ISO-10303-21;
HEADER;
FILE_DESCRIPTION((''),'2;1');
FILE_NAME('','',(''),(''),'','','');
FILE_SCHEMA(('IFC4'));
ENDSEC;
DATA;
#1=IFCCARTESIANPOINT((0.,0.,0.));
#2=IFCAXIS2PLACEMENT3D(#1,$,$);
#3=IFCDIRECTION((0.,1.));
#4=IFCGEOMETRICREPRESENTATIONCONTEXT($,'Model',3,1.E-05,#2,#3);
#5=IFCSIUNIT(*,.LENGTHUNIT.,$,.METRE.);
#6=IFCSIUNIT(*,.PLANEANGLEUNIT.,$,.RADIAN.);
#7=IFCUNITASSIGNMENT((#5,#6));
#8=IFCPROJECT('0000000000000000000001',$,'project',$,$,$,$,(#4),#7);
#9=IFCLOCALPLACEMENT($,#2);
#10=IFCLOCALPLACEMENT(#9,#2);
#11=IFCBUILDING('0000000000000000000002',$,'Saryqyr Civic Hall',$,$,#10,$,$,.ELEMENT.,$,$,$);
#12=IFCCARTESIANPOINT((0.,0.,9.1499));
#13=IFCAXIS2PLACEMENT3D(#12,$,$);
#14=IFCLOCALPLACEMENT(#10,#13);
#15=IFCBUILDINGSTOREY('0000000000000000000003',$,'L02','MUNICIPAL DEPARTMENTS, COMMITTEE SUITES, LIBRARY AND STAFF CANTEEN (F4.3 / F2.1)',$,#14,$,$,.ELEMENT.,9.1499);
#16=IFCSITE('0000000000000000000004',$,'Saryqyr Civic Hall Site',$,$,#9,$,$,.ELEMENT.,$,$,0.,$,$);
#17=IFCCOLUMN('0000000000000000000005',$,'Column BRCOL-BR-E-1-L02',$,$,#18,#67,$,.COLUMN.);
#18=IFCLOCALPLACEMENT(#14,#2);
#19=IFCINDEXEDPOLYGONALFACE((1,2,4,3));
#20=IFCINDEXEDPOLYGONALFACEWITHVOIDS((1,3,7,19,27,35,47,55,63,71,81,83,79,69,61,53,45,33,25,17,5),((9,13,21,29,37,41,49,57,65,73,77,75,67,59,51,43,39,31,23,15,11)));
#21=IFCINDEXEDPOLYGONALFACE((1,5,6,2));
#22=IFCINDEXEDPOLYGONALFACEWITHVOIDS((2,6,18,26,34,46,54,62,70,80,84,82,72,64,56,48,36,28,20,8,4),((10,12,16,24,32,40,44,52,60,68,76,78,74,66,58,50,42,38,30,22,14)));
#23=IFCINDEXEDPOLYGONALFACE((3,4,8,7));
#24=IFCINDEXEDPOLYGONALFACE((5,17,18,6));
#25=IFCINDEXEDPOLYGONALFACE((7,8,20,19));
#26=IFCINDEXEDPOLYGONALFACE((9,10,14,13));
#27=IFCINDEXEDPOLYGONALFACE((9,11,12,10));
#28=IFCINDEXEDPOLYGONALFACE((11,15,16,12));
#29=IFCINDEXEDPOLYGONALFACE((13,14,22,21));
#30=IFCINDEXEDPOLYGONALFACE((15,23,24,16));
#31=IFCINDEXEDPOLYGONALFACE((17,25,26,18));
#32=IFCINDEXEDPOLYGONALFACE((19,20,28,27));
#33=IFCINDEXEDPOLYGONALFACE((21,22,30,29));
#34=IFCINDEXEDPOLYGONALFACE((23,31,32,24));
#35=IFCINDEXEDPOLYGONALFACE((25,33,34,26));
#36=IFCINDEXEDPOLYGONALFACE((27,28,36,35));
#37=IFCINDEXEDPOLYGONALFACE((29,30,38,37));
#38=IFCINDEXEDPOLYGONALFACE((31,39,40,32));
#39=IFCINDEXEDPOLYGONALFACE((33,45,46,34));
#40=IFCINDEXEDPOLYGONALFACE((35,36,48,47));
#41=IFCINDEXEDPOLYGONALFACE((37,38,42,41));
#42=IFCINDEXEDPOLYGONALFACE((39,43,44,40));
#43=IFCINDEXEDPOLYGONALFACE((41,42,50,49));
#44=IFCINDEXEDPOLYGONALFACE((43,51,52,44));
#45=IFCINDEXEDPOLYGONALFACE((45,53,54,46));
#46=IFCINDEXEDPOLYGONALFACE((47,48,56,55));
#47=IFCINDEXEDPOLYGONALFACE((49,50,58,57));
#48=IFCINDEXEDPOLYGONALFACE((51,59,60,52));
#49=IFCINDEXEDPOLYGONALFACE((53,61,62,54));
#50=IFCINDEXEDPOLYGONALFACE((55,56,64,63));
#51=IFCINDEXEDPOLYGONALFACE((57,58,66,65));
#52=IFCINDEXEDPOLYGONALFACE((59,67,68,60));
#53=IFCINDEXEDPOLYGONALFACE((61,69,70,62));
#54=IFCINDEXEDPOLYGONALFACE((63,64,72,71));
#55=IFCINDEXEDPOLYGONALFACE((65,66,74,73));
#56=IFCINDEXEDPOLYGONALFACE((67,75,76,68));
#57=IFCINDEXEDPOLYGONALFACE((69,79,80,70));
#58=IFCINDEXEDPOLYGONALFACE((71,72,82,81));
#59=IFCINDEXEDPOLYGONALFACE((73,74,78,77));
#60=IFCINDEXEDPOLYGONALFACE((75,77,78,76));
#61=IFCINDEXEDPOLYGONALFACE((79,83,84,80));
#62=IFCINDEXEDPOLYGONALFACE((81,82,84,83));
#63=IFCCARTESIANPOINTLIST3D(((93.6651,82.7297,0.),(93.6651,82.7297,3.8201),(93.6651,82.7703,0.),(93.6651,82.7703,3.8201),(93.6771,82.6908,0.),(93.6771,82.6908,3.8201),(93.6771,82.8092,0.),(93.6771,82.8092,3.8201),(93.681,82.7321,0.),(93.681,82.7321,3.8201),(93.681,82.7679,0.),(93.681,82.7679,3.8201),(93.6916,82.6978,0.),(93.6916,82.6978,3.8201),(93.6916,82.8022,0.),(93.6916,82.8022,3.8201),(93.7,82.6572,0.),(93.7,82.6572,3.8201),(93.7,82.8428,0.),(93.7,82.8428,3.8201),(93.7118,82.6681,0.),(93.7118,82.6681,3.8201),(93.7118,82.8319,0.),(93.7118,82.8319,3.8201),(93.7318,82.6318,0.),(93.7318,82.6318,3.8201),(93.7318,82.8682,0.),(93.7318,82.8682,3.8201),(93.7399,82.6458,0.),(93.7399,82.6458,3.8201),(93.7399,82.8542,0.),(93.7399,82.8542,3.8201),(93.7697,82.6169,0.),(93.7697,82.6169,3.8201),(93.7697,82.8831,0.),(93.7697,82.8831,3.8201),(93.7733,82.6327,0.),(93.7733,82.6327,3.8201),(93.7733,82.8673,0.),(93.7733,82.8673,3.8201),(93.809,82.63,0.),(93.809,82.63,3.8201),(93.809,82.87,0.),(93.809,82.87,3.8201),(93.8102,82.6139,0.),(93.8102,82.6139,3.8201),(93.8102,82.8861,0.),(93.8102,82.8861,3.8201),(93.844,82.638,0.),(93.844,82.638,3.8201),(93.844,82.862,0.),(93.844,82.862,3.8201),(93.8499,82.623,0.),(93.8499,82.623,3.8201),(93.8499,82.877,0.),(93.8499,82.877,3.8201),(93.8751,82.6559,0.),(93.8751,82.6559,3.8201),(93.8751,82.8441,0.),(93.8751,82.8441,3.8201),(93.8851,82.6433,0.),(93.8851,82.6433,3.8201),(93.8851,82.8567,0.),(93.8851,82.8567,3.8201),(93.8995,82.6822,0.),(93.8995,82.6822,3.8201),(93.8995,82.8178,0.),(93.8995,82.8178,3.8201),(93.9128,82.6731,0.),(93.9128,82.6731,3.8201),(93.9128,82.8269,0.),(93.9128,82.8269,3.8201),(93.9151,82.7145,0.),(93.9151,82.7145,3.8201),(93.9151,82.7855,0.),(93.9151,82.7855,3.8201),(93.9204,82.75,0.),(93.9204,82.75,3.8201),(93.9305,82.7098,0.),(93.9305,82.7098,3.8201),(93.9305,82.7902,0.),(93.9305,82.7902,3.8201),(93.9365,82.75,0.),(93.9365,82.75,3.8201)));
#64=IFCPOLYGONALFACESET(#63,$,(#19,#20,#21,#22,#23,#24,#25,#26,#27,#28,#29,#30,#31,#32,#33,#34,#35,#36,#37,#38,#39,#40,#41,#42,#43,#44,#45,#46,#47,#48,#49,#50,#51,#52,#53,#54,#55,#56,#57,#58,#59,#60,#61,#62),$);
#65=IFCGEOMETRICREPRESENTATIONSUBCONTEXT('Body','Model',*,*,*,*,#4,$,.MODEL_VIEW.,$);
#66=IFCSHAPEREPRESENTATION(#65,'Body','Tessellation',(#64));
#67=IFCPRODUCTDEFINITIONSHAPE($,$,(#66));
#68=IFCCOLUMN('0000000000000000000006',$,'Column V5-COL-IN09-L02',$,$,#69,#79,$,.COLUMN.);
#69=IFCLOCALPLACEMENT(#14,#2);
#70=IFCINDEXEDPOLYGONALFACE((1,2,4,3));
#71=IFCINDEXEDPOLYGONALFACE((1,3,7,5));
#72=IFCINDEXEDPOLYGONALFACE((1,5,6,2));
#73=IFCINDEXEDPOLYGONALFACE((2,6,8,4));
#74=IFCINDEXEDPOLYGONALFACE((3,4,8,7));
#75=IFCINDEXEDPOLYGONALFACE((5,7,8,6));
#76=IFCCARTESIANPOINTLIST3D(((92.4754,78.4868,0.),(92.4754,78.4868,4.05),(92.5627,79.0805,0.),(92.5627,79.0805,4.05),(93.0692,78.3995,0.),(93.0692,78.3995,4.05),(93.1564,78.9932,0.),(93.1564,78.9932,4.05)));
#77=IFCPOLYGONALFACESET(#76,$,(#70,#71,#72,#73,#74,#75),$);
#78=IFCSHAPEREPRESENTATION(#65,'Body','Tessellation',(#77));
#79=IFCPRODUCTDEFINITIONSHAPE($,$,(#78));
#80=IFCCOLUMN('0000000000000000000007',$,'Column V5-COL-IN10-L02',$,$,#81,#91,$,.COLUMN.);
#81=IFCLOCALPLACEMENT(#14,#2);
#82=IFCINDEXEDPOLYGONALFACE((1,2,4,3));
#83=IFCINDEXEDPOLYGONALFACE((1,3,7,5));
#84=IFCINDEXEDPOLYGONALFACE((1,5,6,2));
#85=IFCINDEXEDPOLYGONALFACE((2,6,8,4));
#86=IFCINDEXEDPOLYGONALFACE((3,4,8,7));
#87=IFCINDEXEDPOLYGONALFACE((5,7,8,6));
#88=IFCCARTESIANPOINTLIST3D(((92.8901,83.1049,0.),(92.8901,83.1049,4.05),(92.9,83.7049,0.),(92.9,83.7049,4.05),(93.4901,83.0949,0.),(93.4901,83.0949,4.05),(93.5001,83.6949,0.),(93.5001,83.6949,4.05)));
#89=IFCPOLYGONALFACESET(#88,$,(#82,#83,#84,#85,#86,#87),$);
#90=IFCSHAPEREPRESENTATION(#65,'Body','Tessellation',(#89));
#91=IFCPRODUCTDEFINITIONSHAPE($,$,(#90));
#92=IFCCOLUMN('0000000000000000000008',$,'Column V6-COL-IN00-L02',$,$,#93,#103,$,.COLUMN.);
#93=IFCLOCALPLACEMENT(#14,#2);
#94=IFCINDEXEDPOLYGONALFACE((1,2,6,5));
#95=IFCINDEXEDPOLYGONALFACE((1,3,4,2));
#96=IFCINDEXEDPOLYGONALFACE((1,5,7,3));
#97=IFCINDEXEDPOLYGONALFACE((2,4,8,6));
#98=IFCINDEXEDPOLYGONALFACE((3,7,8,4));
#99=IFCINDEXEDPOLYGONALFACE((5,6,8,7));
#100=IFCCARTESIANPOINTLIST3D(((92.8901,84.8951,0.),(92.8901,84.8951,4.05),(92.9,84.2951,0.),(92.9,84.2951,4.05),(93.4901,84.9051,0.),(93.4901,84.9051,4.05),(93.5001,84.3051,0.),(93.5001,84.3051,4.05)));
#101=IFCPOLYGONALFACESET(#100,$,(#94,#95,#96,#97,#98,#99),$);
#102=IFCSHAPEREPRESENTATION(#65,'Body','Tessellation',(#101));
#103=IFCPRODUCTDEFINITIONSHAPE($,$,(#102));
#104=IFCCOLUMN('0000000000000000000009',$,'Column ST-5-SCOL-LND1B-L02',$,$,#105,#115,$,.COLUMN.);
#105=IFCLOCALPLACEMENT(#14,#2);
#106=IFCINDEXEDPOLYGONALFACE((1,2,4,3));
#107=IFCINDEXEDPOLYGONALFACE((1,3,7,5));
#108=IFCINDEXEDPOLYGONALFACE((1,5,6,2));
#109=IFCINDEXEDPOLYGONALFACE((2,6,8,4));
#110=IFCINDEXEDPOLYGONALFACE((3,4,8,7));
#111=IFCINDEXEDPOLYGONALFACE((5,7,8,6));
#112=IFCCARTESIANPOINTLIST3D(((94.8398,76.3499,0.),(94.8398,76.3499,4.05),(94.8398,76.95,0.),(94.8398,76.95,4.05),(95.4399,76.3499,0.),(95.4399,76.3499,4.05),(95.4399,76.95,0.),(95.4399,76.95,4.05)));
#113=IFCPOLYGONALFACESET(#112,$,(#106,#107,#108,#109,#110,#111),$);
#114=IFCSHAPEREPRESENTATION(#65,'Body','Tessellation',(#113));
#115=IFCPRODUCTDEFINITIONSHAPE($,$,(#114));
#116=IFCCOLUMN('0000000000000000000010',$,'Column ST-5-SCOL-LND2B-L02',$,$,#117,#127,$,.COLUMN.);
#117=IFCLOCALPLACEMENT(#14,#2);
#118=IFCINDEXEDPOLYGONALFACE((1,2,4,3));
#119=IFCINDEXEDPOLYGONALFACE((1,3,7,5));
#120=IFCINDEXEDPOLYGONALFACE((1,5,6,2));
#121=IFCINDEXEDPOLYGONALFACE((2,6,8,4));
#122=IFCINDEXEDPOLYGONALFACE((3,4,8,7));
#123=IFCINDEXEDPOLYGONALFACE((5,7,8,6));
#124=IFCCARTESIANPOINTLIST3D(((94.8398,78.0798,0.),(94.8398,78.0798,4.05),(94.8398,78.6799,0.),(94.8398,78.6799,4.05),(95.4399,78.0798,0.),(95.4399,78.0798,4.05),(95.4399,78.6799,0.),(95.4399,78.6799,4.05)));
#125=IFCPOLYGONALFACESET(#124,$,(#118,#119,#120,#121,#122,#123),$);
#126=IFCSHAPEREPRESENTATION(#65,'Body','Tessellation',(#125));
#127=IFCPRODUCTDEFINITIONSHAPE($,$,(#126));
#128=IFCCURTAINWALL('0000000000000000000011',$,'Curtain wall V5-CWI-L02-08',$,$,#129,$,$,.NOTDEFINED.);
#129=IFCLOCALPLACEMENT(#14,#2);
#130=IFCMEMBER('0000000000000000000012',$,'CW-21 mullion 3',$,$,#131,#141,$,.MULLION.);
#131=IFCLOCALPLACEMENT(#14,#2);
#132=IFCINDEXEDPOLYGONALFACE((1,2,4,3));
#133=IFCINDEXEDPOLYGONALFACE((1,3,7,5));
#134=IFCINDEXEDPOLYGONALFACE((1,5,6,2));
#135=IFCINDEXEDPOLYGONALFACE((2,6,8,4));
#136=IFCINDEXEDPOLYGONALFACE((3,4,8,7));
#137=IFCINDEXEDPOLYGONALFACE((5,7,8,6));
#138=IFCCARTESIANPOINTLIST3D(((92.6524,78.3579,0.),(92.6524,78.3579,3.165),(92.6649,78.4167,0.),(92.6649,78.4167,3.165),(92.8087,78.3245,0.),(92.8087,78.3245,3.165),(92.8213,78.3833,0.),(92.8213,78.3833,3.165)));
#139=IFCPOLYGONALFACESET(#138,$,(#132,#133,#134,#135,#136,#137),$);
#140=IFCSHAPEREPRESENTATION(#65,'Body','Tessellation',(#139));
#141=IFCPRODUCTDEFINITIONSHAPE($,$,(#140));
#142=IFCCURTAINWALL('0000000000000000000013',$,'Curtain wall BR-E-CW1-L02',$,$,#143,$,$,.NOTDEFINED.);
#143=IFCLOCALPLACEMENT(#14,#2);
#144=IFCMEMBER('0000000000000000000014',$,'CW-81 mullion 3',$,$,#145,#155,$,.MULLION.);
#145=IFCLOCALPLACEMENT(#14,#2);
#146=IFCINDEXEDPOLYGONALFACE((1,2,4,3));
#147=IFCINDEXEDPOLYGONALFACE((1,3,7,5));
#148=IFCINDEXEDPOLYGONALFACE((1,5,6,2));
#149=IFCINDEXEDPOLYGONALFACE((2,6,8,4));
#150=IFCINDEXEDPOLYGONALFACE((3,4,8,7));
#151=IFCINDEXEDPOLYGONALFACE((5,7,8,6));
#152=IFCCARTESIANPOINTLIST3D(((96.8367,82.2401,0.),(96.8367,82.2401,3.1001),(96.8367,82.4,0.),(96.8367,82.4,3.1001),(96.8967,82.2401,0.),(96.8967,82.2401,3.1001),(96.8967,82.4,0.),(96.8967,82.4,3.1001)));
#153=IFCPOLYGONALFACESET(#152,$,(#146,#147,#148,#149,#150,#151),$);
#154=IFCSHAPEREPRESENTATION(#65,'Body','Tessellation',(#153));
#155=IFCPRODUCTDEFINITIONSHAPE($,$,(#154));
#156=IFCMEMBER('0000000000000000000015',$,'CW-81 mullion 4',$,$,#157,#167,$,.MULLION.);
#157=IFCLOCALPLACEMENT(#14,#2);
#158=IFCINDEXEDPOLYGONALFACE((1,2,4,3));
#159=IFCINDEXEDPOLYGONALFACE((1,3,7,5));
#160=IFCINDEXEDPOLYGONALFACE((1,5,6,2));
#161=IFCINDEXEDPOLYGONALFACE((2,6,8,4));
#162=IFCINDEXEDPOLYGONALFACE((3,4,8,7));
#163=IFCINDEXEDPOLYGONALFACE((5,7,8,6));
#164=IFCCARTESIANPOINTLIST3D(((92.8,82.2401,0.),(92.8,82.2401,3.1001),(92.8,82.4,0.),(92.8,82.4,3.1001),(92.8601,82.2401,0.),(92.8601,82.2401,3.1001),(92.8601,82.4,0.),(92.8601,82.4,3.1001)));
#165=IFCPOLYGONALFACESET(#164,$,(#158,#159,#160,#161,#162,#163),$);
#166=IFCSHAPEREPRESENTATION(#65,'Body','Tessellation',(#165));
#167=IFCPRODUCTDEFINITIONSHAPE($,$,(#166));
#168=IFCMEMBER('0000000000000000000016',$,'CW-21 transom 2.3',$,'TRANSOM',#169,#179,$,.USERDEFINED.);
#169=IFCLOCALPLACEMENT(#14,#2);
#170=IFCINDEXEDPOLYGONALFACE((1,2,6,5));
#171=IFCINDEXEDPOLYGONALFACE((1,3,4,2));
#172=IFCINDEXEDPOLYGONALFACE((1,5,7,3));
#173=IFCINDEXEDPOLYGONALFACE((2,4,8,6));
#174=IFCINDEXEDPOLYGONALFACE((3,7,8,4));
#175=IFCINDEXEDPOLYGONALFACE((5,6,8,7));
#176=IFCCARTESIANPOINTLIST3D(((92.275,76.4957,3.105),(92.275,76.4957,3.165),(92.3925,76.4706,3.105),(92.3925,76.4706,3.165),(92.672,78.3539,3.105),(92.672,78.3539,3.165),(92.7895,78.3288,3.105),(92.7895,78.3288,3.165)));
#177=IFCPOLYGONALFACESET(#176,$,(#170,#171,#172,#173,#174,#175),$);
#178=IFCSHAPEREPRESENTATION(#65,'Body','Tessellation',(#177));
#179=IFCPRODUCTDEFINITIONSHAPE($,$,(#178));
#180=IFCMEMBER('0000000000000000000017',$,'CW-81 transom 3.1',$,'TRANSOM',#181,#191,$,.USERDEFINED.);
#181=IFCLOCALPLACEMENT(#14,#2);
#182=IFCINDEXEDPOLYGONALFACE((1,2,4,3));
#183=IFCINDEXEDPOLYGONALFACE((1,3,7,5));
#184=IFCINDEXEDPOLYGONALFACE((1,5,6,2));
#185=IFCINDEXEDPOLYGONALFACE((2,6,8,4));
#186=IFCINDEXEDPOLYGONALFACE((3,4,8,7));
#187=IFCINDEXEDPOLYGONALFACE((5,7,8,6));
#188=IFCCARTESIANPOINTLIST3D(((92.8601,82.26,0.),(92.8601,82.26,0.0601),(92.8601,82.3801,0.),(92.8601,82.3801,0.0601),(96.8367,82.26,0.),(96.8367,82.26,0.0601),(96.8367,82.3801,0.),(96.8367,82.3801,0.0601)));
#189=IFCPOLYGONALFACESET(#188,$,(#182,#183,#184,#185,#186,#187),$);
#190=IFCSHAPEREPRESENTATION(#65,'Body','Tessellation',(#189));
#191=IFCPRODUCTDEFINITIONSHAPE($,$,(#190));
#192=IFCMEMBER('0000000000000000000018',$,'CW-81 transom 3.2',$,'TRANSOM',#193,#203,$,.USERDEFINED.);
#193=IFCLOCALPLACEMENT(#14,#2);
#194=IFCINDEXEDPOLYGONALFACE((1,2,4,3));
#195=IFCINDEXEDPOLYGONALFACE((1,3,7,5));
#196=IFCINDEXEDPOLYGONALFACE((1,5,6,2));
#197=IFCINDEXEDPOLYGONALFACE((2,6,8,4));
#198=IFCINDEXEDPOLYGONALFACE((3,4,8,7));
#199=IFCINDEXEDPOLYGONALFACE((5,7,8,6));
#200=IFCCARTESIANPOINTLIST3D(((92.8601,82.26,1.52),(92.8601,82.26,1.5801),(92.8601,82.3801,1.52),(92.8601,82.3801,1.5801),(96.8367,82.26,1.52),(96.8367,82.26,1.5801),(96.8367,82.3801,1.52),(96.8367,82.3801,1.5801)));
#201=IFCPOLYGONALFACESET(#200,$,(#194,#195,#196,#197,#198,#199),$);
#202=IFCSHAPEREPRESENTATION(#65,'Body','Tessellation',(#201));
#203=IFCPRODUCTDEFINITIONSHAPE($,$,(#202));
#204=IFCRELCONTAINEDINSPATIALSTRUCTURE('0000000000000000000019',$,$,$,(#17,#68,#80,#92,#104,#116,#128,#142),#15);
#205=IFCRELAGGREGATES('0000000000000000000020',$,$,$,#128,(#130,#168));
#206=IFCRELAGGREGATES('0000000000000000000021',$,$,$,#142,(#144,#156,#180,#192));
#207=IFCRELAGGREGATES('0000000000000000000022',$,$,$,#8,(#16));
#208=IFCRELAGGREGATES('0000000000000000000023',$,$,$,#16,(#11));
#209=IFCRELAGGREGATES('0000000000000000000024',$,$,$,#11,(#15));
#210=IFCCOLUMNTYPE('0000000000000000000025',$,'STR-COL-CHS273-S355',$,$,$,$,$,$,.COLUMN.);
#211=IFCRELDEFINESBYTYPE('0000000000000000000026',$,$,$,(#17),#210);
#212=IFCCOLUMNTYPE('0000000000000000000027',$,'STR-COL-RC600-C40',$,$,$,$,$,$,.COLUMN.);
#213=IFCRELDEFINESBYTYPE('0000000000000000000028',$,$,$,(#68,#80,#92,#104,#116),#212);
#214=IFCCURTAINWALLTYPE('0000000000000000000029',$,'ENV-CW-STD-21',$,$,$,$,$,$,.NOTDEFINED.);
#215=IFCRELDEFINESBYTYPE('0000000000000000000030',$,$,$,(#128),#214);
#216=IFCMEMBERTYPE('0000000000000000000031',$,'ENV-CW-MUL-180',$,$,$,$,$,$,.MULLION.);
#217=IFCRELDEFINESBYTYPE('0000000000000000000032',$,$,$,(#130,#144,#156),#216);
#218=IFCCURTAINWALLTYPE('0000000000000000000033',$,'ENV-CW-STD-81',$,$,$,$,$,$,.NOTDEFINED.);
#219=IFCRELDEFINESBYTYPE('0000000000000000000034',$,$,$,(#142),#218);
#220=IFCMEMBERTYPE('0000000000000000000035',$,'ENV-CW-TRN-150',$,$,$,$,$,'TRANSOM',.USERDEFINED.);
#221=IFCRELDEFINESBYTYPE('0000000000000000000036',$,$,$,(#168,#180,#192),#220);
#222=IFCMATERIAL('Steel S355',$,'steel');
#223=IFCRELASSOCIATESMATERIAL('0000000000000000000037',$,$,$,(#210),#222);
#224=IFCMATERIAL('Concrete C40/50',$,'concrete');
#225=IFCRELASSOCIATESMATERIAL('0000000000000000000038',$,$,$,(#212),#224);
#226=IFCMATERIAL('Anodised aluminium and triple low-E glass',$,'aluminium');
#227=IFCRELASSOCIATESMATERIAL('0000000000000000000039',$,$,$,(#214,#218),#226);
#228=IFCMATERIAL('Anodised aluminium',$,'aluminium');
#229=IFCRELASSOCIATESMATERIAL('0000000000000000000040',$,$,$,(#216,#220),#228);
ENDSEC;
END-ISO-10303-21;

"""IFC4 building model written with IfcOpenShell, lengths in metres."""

from ifc_helpers import new_model, si_unit, direction, frame, origin, origin_2d, place, context, subcontext, project, spatial, rectangle, hollow_circle, extrude, material, material_profile, profile_set, type_object, element, aggregate, save


model = new_model("IFC4")

# Units and contexts
model_context = context("Model", 3, precision=1e-05, world=origin(), true_north=direction((0.0, 1.0)))
body_context = subcontext(model_context, "Body", "Model", "MODEL_VIEW")
ifc_project = project(units=[si_unit("LENGTHUNIT", "METRE"), si_unit("PLANEANGLEUNIT", "RADIAN")], contexts=[model_context])

# Site, building, storey
site_placement = place(None, origin())
site = spatial("IfcSite", under=ifc_project, at=site_placement, Name="Saryqyr Civic Hall Site", CompositionType="ELEMENT", RefElevation=0.0)
building_placement = place(site_placement, origin())
building = spatial("IfcBuilding", under=site, at=building_placement, Name="Saryqyr Civic Hall", CompositionType="ELEMENT")
storey_placement = place(building_placement, frame((0.0, 0.0, 9.1499)))
storey = spatial("IfcBuildingStorey", under=building, at=storey_placement, Name="L02", Description="MUNICIPAL DEPARTMENTS, COMMITTEE SUITES, LIBRARY AND STAFF CANTEEN (F4.3 / F2.1)", CompositionType="ELEMENT", Elevation=9.1499)

# Columns
ifc_material_1 = material(Name="Steel S355", Category="steel")
ifc_material_profile_1 = material_profile(ifc_material_1, hollow_circle(Radius=0.1365, WallThickness=0.0161, at=origin_2d()), Name="CHS 273x16")
ifc_profile_set_1 = profile_set([ifc_material_profile_1], Name="Steel S355")
column_type_1 = type_object("IfcColumnType", Name="STR-COL-CHS273-S355", PredefinedType="COLUMN", material=ifc_profile_set_1)
column_placement = place(storey_placement, frame((93.8, 82.75, 0.0), z_axis=(0.0, 0.0, 1.0), x_axis=(1.0, 0.0, 0.0)))
element("IfcColumn", 1, at=column_placement, inside=storey, type_object=column_type_1, Name="Column BRCOL-BR-E-1-L02", PredefinedType="COLUMN", context=body_context, shape_type="SweptSolid", body=[
    extrude(hollow_circle(Radius=0.1365, WallThickness=0.0161, at=origin_2d()), origin(), (0.0, 0.0, 1.0), 3.8201),
])
ifc_material_2 = material(Name="Concrete C40/50", Category="concrete")
ifc_material_profile_2 = material_profile(ifc_material_2, rectangle(XDim=0.6001, YDim=0.6001, at=origin_2d()), Name="RC 600x600")
ifc_profile_set_2 = profile_set([ifc_material_profile_2], Name="Concrete C40/50")
column_type_2 = type_object("IfcColumnType", Name="STR-COL-RC600-C40", PredefinedType="COLUMN", material=ifc_profile_set_2)
for number, where, z_axis, x_axis, name in (
    (2, (92.8159, 78.74, 0.0), (0.0, 0.0, 1.0), (0.989374, -0.145392, 0.0), "Column V5-COL-IN09-L02"),
    (3, (93.1951, 83.3999, 0.0), (0.0, 0.0, 1.0), (0.999863, -0.01658, 0.0), "Column V5-COL-IN10-L02"),
    (4, (93.1951, 84.6001, 0.0), (0.0, 0.0, 1.0), (0.999863, 0.01658, 0.0), "Column V6-COL-IN00-L02"),
    (5, (95.1399, 76.6499, 0.0), (0.0, 0.0, 1.0), (1.0, 0.0, 0.0), "Column ST-5-SCOL-LND1B-L02"),
    (6, (95.1399, 78.3799, 0.0), (0.0, 0.0, 1.0), (1.0, 0.0, 0.0), "Column ST-5-SCOL-LND2B-L02"),
):
    element("IfcColumn", number, at=place(storey_placement, frame(where, z_axis=z_axis, x_axis=x_axis)), inside=storey, type_object=column_type_2, Name=name, PredefinedType="COLUMN", context=body_context, shape_type="SweptSolid", body=[
        extrude(rectangle(XDim=0.6001, YDim=0.6001, at=origin_2d()), origin(), (0.0, 0.0, 1.0), 4.05),
    ])

# Curtain wall, member
ifc_material_3 = material(Name="Anodised aluminium and triple low-E glass", Category="aluminium")
curtain_wall_type_1 = type_object("IfcCurtainWallType", Name="ENV-CW-STD-21", PredefinedType="NOTDEFINED", material=ifc_material_3)
curtain_wall_1_placement = place(storey_placement, origin())
curtain_wall_1 = element("IfcCurtainWall", 7, at=curtain_wall_1_placement, inside=storey, type_object=curtain_wall_type_1, Name="Curtain wall V5-CWI-L02-08", PredefinedType="NOTDEFINED")
ifc_material_4 = material(Name="Anodised aluminium", Category="aluminium")
ifc_material_profile_3 = material_profile(ifc_material_4, rectangle(XDim=0.0601, YDim=0.1599, at=origin_2d()), Name="ALU MULLION 60x160")
ifc_profile_set_3 = profile_set([ifc_material_profile_3], Name="Anodised aluminium")
member_type_1 = type_object("IfcMemberType", Name="ENV-CW-MUL-180", PredefinedType="MULLION", material=ifc_profile_set_3)
member_1_placement = place(storey_placement, frame((92.7368, 78.3706, 0.0), z_axis=(0.0, 0.0, 1.0), x_axis=(0.208899, 0.977937, 0.0)))
member_1 = element("IfcMember", 8, at=member_1_placement, type_object=member_type_1, Name="CW-21 mullion 3", PredefinedType="MULLION", context=body_context, shape_type="SweptSolid", body=[
    extrude(rectangle(XDim=0.0601, YDim=0.1599, at=origin_2d()), origin(), (0.0, 0.0, 1.0), 3.165),
])

# Curtain wall, members
curtain_wall_type_2 = type_object("IfcCurtainWallType", Name="ENV-CW-STD-81", PredefinedType="NOTDEFINED", material=ifc_material_3)
curtain_wall_2_placement = place(storey_placement, origin())
curtain_wall_2 = element("IfcCurtainWall", 9, at=curtain_wall_2_placement, inside=storey, type_object=curtain_wall_type_2, Name="Curtain wall BR-E-CW1-L02", PredefinedType="NOTDEFINED")
member_2_placement = place(storey_placement, frame((96.8667, 82.3201, 0.0), z_axis=(0.0, 0.0, 1.0), x_axis=(-1.0, 0.0, 0.0)))
member_2 = element("IfcMember", 10, at=member_2_placement, type_object=member_type_1, Name="CW-81 mullion 3", PredefinedType="MULLION", context=body_context, shape_type="SweptSolid", body=[
    extrude(rectangle(XDim=0.0601, YDim=0.1599, at=origin_2d()), origin(), (0.0, 0.0, 1.0), 3.1001),
])
member_3_placement = place(storey_placement, frame((92.8301, 82.3201, 0.0), z_axis=(0.0, 0.0, 1.0), x_axis=(-1.0, 0.0, 0.0)))
member_3 = element("IfcMember", 11, at=member_3_placement, type_object=member_type_1, Name="CW-81 mullion 4", PredefinedType="MULLION", context=body_context, shape_type="SweptSolid", body=[
    extrude(rectangle(XDim=0.0601, YDim=0.1599, at=origin_2d()), origin(), (0.0, 0.0, 1.0), 3.1001),
])

# Members
ifc_material_profile_4 = material_profile(ifc_material_4, rectangle(XDim=0.1201, YDim=0.0601, at=origin_2d()), Name="ALU TRANSOM 120x60")
ifc_profile_set_4 = profile_set([ifc_material_profile_4], Name="Anodised aluminium")
member_type_2 = type_object("IfcMemberType", Name="ENV-CW-TRN-150", ElementType="TRANSOM", PredefinedType="USERDEFINED", material=ifc_profile_set_4)
member_4_placement = place(storey_placement, frame((92.3337, 76.4832, 3.135), z_axis=(0.208924, 0.977932, 0.0), x_axis=(-0.977932, 0.208924, 0.0)))
member_4 = element("IfcMember", 12, at=member_4_placement, type_object=member_type_2, Name="CW-21 transom 2.3", ObjectType="TRANSOM", PredefinedType="USERDEFINED", context=body_context, shape_type="SweptSolid", body=[
    extrude(rectangle(XDim=0.1201, YDim=0.0601, at=origin_2d()), origin(), (0.0, 0.0, 1.0), 1.9001),
])
member_5_placement = place(storey_placement, frame((96.8367, 82.3201, 0.03), z_axis=(-1.0, 0.0, 0.0), x_axis=(0.0, -1.0, 0.0)))
member_5 = element("IfcMember", 13, at=member_5_placement, type_object=member_type_2, Name="CW-81 transom 3.1", ObjectType="TRANSOM", PredefinedType="USERDEFINED", context=body_context, shape_type="SweptSolid", body=[
    extrude(rectangle(XDim=0.1201, YDim=0.0601, at=origin_2d()), origin(), (0.0, 0.0, 1.0), 3.9766),
])
member_6_placement = place(storey_placement, frame((96.8367, 82.3201, 1.55), z_axis=(-1.0, 0.0, 0.0), x_axis=(0.0, -1.0, 0.0)))
member_6 = element("IfcMember", 14, at=member_6_placement, type_object=member_type_2, Name="CW-81 transom 3.2", ObjectType="TRANSOM", PredefinedType="USERDEFINED", context=body_context, shape_type="SweptSolid", body=[
    extrude(rectangle(XDim=0.1201, YDim=0.0601, at=origin_2d()), origin(), (0.0, 0.0, 1.0), 3.9766),
])

aggregate(curtain_wall_1, [member_1, member_4])
aggregate(curtain_wall_2, [member_2, member_3, member_5, member_6])

save(model, "model.ifc")
